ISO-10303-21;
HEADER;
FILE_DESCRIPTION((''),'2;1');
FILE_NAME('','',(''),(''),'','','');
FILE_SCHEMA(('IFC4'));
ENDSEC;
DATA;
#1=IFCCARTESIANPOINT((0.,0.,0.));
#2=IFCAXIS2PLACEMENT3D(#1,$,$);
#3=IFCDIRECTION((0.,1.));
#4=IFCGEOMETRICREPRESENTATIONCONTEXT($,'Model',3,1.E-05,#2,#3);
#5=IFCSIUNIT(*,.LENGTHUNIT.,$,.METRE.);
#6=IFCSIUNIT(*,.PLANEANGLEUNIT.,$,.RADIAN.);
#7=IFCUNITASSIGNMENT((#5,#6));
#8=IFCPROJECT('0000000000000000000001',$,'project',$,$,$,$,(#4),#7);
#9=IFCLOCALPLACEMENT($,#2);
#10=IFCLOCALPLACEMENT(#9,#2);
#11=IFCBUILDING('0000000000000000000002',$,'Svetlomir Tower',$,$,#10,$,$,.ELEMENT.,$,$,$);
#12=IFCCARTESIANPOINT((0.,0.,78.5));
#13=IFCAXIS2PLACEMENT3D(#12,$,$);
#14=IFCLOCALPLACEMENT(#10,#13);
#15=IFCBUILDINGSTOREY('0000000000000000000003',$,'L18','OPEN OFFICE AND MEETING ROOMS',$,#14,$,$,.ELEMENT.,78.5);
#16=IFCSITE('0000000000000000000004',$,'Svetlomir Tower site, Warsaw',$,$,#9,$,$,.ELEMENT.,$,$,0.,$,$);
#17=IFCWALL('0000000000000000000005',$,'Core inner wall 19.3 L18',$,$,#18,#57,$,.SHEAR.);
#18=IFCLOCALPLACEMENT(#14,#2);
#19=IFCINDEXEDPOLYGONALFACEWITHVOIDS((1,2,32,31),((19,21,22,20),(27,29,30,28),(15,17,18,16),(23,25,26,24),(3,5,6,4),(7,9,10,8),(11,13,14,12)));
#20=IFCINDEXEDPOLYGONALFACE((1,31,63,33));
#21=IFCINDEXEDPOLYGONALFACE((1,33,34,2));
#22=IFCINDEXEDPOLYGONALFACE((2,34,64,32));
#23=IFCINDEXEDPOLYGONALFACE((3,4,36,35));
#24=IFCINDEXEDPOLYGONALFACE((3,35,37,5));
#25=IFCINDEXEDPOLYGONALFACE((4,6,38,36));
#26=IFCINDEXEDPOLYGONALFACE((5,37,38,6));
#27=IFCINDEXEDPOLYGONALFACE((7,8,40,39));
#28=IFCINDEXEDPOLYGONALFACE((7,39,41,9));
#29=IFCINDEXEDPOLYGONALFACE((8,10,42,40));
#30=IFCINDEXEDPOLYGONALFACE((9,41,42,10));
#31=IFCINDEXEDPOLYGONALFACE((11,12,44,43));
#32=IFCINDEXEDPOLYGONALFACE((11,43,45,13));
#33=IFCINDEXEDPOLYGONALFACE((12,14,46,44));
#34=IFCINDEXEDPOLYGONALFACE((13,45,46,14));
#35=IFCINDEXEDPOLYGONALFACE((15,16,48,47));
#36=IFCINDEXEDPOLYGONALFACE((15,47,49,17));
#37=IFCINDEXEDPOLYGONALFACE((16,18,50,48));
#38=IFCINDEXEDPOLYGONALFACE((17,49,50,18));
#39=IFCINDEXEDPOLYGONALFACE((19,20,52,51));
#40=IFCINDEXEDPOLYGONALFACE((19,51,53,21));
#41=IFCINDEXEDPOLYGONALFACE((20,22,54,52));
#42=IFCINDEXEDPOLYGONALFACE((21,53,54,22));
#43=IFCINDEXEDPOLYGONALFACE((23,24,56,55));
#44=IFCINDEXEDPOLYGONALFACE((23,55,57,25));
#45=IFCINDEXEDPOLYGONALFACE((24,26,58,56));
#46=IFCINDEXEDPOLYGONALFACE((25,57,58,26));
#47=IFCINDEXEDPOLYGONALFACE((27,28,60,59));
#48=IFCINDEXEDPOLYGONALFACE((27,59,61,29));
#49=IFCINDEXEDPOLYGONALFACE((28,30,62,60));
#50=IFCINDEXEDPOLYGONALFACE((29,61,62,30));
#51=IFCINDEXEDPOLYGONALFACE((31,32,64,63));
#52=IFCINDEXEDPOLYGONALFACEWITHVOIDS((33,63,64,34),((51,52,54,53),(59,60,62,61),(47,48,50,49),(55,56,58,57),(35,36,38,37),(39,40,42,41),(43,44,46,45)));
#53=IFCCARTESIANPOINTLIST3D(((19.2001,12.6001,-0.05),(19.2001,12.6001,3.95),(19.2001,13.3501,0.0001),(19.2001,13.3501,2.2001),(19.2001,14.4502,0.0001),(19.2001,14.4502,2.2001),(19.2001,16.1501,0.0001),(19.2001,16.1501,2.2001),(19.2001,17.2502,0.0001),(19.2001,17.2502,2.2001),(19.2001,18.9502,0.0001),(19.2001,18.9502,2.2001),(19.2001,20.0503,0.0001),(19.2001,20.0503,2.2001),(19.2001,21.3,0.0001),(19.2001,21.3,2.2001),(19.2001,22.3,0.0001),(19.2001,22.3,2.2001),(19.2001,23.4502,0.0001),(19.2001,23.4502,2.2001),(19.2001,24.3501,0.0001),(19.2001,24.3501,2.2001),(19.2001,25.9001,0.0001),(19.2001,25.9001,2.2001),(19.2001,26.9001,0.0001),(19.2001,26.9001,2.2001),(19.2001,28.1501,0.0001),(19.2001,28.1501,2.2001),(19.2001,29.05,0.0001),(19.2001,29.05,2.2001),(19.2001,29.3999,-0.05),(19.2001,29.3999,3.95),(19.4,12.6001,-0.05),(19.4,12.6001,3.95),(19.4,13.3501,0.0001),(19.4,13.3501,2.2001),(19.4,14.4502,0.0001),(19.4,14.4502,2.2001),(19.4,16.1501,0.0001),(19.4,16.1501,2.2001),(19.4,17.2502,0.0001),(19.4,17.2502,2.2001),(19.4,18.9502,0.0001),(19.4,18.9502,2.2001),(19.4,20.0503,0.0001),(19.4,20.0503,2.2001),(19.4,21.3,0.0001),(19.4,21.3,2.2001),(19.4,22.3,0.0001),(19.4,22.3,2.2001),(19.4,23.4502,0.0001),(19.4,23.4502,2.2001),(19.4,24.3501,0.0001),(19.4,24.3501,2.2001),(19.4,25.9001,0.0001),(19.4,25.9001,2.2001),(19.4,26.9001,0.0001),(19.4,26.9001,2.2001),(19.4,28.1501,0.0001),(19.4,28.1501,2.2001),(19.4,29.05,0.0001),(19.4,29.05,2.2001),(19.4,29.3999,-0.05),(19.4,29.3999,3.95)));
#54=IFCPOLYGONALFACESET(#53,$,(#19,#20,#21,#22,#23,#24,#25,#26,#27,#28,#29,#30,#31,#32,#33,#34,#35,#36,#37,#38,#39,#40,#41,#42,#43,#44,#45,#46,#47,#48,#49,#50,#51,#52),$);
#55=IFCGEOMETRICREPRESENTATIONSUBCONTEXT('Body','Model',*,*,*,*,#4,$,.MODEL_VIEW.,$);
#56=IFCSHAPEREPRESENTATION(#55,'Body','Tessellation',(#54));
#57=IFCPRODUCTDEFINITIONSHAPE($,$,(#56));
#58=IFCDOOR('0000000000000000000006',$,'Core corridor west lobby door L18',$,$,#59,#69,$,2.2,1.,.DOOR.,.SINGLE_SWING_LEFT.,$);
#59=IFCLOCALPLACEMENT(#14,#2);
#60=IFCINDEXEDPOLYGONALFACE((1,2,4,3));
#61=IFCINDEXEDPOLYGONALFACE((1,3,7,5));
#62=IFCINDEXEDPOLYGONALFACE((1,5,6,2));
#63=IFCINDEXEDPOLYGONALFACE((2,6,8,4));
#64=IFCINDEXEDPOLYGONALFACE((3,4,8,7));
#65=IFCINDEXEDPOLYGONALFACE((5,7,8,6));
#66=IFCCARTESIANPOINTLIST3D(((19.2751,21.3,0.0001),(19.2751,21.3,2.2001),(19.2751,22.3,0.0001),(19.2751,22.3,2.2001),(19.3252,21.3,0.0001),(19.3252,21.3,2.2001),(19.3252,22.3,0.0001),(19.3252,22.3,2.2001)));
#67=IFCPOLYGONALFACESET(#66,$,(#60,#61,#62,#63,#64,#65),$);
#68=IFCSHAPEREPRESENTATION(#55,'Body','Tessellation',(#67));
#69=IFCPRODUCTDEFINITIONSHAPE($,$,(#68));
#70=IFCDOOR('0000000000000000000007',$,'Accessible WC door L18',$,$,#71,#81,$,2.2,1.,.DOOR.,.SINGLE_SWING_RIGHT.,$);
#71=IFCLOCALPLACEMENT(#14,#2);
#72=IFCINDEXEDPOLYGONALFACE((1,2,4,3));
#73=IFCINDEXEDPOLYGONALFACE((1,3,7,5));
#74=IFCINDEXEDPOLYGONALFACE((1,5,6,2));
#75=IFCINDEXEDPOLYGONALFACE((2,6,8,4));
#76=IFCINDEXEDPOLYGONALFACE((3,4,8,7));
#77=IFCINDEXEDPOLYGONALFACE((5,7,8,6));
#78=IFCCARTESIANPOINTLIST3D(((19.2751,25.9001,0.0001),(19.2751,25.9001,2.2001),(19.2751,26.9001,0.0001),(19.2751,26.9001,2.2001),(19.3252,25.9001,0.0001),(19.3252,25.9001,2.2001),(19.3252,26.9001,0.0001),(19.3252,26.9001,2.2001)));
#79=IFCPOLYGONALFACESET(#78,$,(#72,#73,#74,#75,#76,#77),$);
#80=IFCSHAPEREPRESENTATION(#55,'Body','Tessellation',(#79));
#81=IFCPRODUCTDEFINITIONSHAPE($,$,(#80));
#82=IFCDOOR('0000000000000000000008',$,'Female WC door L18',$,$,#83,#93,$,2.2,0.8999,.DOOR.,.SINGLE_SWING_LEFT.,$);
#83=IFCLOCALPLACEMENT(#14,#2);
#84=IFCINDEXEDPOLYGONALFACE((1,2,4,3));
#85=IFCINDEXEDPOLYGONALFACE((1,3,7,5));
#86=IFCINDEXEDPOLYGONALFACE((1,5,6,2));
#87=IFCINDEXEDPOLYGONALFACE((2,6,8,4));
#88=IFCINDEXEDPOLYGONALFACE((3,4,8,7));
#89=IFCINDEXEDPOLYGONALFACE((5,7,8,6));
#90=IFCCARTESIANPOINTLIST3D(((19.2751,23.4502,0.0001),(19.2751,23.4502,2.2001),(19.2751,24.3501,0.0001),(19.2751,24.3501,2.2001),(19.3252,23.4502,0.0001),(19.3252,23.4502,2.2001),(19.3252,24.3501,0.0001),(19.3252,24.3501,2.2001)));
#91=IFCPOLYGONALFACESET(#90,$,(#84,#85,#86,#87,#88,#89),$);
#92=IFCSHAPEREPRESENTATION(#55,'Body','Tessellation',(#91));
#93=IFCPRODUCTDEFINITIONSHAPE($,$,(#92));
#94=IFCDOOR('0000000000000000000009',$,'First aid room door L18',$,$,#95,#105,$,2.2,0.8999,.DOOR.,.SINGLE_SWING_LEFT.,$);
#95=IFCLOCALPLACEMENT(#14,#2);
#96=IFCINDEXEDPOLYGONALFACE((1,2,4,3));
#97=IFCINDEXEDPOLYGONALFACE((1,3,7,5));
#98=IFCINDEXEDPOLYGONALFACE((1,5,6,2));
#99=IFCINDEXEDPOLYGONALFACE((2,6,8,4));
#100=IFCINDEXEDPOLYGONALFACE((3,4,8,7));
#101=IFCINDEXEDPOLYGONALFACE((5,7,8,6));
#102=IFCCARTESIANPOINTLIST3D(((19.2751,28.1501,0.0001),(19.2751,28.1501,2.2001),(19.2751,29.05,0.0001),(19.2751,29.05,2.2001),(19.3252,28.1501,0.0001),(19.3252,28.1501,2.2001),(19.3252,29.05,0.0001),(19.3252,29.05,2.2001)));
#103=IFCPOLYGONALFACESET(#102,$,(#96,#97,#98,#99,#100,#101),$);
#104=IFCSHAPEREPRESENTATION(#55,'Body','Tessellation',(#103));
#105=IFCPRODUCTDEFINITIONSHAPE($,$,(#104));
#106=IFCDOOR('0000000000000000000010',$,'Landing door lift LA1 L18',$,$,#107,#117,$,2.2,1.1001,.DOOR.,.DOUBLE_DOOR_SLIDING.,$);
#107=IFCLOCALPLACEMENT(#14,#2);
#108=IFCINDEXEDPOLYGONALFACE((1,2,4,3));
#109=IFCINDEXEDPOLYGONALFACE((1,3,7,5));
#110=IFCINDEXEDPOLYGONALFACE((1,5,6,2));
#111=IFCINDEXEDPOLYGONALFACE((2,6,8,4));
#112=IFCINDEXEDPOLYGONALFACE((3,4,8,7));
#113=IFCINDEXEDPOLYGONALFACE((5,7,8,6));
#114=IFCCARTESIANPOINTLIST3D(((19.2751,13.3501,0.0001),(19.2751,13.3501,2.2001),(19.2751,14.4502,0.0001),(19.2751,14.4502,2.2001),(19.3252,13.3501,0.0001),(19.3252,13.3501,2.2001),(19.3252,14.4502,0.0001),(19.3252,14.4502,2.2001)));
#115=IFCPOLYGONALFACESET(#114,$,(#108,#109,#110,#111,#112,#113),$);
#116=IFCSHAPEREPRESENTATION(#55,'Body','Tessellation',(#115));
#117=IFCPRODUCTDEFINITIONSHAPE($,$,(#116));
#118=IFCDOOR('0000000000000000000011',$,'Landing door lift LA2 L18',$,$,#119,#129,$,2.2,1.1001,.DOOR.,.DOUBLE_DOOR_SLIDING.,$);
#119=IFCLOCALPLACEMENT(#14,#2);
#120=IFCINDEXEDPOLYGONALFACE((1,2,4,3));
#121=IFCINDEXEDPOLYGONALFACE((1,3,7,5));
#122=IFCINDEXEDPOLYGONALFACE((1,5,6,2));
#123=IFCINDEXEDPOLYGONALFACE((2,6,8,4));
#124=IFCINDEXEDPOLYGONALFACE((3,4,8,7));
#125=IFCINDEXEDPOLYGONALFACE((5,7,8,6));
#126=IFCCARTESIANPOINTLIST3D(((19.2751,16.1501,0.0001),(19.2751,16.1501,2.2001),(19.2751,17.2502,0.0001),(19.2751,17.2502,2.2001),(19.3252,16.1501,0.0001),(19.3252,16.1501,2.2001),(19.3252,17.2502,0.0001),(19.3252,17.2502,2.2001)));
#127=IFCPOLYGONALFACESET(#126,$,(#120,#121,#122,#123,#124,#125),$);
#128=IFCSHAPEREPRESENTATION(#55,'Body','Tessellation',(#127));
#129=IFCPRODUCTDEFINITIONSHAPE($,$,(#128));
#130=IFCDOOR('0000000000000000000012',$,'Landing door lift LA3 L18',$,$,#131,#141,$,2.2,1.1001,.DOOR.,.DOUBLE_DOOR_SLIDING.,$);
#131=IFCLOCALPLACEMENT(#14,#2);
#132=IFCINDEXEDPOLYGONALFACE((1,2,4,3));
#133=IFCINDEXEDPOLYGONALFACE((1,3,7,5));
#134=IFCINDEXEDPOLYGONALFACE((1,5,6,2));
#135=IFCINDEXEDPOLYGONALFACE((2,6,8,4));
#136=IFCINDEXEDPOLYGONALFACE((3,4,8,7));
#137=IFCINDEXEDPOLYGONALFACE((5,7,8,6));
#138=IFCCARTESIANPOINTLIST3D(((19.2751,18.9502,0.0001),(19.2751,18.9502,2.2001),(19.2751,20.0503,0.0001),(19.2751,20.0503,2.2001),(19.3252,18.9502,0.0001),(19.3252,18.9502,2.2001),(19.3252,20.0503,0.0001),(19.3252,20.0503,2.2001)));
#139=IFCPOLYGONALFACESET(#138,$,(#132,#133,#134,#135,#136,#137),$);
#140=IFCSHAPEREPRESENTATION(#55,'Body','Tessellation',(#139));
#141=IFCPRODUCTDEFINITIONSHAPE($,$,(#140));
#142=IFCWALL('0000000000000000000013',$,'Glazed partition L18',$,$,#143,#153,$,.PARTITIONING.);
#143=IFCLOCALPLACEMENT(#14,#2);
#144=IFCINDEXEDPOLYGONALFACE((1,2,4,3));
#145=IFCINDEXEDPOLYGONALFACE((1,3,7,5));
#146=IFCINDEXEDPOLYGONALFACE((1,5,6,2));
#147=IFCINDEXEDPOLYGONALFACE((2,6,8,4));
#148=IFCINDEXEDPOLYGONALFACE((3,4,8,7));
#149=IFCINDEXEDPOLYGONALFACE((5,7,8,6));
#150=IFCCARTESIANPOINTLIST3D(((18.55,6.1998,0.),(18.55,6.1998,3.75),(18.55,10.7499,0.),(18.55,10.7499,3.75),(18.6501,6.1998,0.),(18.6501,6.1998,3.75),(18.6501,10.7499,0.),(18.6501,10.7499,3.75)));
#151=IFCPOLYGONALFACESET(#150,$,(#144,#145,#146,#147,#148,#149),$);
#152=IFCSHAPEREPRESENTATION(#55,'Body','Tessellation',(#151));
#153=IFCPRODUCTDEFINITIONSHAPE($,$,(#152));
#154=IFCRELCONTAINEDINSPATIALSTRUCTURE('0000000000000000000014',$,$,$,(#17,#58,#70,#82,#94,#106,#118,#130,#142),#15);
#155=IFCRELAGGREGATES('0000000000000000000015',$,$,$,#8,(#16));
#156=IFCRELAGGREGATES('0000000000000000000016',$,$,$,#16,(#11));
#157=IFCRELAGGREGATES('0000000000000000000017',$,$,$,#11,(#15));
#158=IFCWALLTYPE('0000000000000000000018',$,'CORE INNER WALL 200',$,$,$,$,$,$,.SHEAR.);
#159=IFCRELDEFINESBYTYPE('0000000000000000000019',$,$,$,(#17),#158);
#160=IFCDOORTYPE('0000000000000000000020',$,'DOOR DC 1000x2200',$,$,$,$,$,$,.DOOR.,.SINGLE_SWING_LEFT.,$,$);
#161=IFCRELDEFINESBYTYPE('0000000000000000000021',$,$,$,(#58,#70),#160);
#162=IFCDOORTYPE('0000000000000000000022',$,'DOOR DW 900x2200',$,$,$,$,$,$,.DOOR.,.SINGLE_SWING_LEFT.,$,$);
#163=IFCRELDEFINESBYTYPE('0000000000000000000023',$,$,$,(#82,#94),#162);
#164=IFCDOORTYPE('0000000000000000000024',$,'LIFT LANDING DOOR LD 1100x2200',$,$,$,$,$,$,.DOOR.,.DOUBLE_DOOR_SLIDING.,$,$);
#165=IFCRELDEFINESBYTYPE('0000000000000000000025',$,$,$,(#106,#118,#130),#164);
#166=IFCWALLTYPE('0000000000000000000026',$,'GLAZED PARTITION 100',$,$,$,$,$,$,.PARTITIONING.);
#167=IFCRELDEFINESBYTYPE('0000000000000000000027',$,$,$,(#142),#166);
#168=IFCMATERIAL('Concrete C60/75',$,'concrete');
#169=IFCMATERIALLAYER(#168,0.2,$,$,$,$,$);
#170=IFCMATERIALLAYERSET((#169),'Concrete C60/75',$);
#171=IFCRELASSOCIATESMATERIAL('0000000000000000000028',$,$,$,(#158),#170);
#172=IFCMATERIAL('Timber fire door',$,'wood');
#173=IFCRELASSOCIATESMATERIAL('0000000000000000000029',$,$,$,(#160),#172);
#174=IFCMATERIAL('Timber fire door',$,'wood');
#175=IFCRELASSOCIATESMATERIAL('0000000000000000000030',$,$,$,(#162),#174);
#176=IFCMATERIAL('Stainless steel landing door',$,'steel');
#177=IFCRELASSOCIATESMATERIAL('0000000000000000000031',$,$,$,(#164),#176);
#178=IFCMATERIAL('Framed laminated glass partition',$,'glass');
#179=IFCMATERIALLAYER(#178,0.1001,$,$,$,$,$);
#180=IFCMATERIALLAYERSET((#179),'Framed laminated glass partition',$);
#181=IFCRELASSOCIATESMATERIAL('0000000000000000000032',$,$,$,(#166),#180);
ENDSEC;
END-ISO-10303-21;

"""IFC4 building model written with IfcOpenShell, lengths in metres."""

from ifc_helpers import new_model, si_unit, direction, frame, frame_2d, origin, place, context, subcontext, project, spatial, rectangle, extrude, material, layer, layer_set, type_object, element, fill, save


model = new_model("IFC4")

# Units and contexts
model_context = context("Model", 3, precision=1e-05, world=origin(), true_north=direction((0.0, 1.0)))
body_context = subcontext(model_context, "Body", "Model", "MODEL_VIEW")
ifc_project = project(units=[si_unit("LENGTHUNIT", "METRE"), si_unit("PLANEANGLEUNIT", "RADIAN")], contexts=[model_context])

# Site, building, storey
site_placement = place(None, origin())
site = spatial("IfcSite", under=ifc_project, at=site_placement, Name="Svetlomir Tower site, Warsaw", CompositionType="ELEMENT", RefElevation=0.0)
building_placement = place(site_placement, origin())
building = spatial("IfcBuilding", under=site, at=building_placement, Name="Svetlomir Tower", CompositionType="ELEMENT")
storey_placement = place(building_placement, frame((0.0, 0.0, 78.5)))
storey = spatial("IfcBuildingStorey", under=building, at=storey_placement, Name="L18", Description="OPEN OFFICE AND MEETING ROOMS", CompositionType="ELEMENT", Elevation=78.5)

# Wall, openings, doors
ifc_material_1 = material(Name="Concrete C60/75", Category="concrete")
ifc_layer_1 = layer(ifc_material_1, 0.2)
ifc_layer_set_1 = layer_set([ifc_layer_1], Name="Concrete C60/75")
wall_type_1 = type_object("IfcWallType", Name="CORE INNER WALL 200", PredefinedType="SHEAR", material=ifc_layer_set_1)
wall_1_placement = place(storey_placement, frame((19.3, 12.6001, -0.05), z_axis=(0.0, 0.0, 1.0), x_axis=(0.0, 1.0, 0.0)))
wall_1 = element("IfcWall", 1, at=wall_1_placement, inside=storey, type_object=wall_type_1, Name="Core inner wall 19.3 L18", PredefinedType="SHEAR", context=body_context, shape_type="SweptSolid", body=[
    extrude(rectangle(XDim=16.7998, YDim=0.2, at=frame_2d((8.3999, 0.0))), origin(), (0.0, 0.0, 1.0), 4.0),
])
opening_1_placement = place(wall_1_placement, frame((8.7, 0.0, 0.05)))
opening_1 = element("IfcOpeningElement", 2, at=opening_1_placement, cuts=wall_1, PredefinedType="OPENING", context=body_context, shape_type="SweptSolid", body=[
    extrude(rectangle(XDim=1.0, YDim=2.2, at=frame_2d((0.5, 1.1001))), frame((0.0, 0.1099, 0.0), z_axis=(0.0, -1.0, 0.0), x_axis=(1.0, 0.0, 0.0)), (0.0, 0.0, 1.0), 0.22),
])
opening_2_placement = place(wall_1_placement, frame((10.8501, 0.0, 0.05)))
opening_2 = element("IfcOpeningElement", 3, at=opening_2_placement, cuts=wall_1, PredefinedType="OPENING", context=body_context, shape_type="SweptSolid", body=[
    extrude(rectangle(XDim=0.8999, YDim=2.2, at=frame_2d((0.45, 1.1001))), frame((0.0, 0.1099, 0.0), z_axis=(0.0, -1.0, 0.0), x_axis=(1.0, 0.0, 0.0)), (0.0, 0.0, 1.0), 0.22),
])
opening_3_placement = place(wall_1_placement, frame((13.3, 0.0, 0.05)))
opening_3 = element("IfcOpeningElement", 4, at=opening_3_placement, cuts=wall_1, PredefinedType="OPENING", context=body_context, shape_type="SweptSolid", body=[
    extrude(rectangle(XDim=1.0, YDim=2.2, at=frame_2d((0.5, 1.1001))), frame((0.0, 0.1099, 0.0), z_axis=(0.0, -1.0, 0.0), x_axis=(1.0, 0.0, 0.0)), (0.0, 0.0, 1.0), 0.22),
])
opening_4_placement = place(wall_1_placement, frame((15.55, 0.0, 0.05)))
opening_4 = element("IfcOpeningElement", 5, at=opening_4_placement, cuts=wall_1, PredefinedType="OPENING", context=body_context, shape_type="SweptSolid", body=[
    extrude(rectangle(XDim=0.8999, YDim=2.2, at=frame_2d((0.45, 1.1001))), frame((0.0, 0.1099, 0.0), z_axis=(0.0, -1.0, 0.0), x_axis=(1.0, 0.0, 0.0)), (0.0, 0.0, 1.0), 0.22),
])
opening_5_placement = place(wall_1_placement, frame((0.75, 0.0, 0.05)))
opening_5 = element("IfcOpeningElement", 6, at=opening_5_placement, cuts=wall_1, PredefinedType="OPENING", context=body_context, shape_type="SweptSolid", body=[
    extrude(rectangle(XDim=1.1001, YDim=2.2, at=frame_2d((0.55, 1.1001))), frame((0.0, 0.1099, 0.0), z_axis=(0.0, -1.0, 0.0), x_axis=(1.0, 0.0, 0.0)), (0.0, 0.0, 1.0), 0.22),
])
opening_6_placement = place(wall_1_placement, frame((3.55, 0.0, 0.05)))
opening_6 = element("IfcOpeningElement", 7, at=opening_6_placement, cuts=wall_1, PredefinedType="OPENING", context=body_context, shape_type="SweptSolid", body=[
    extrude(rectangle(XDim=1.1001, YDim=2.2, at=frame_2d((0.55, 1.1001))), frame((0.0, 0.1099, 0.0), z_axis=(0.0, -1.0, 0.0), x_axis=(1.0, 0.0, 0.0)), (0.0, 0.0, 1.0), 0.22),
])
opening_7_placement = place(wall_1_placement, frame((6.3501, 0.0, 0.05)))
opening_7 = element("IfcOpeningElement", 8, at=opening_7_placement, cuts=wall_1, PredefinedType="OPENING", context=body_context, shape_type="SweptSolid", body=[
    extrude(rectangle(XDim=1.1001, YDim=2.2, at=frame_2d((0.55, 1.1001))), frame((0.0, 0.1099, 0.0), z_axis=(0.0, -1.0, 0.0), x_axis=(1.0, 0.0, 0.0)), (0.0, 0.0, 1.0), 0.22),
])
ifc_material_2 = material(Name="Timber fire door", Category="wood")
door_type_1 = type_object("IfcDoorType", Name="DOOR DC 1000x2200", OperationType="SINGLE_SWING_LEFT", PredefinedType="DOOR", material=ifc_material_2)
door_1_placement = place(opening_1_placement, origin())
door_1 = element("IfcDoor", 9, at=door_1_placement, inside=storey, type_object=door_type_1, Name="Core corridor west lobby door L18", OperationType="SINGLE_SWING_LEFT", OverallHeight=2.2, OverallWidth=1.0, PredefinedType="DOOR", context=body_context, shape_type="SweptSolid", body=[
    extrude(rectangle(XDim=1.0, YDim=2.2, at=frame_2d((0.5, 1.1001))), frame((0.0, 0.0249, 0.0), z_axis=(0.0, -1.0, 0.0), x_axis=(1.0, 0.0, 0.0)), (0.0, 0.0, 1.0), 0.05),
])
fill(opening_1, door_1)
door_2_placement = place(opening_3_placement, origin())
door_2 = element("IfcDoor", 10, at=door_2_placement, inside=storey, type_object=door_type_1, Name="Accessible WC door L18", OperationType="SINGLE_SWING_RIGHT", OverallHeight=2.2, OverallWidth=1.0, PredefinedType="DOOR", context=body_context, shape_type="SweptSolid", body=[
    extrude(rectangle(XDim=1.0, YDim=2.2, at=frame_2d((0.5, 1.1001))), frame((0.0, 0.0249, 0.0), z_axis=(0.0, -1.0, 0.0), x_axis=(1.0, 0.0, 0.0)), (0.0, 0.0, 1.0), 0.05),
])
fill(opening_3, door_2)
ifc_material_3 = material(Name="Timber fire door", Category="wood")
door_type_2 = type_object("IfcDoorType", Name="DOOR DW 900x2200", OperationType="SINGLE_SWING_LEFT", PredefinedType="DOOR", material=ifc_material_3)
door_3_placement = place(opening_2_placement, origin())
door_3 = element("IfcDoor", 11, at=door_3_placement, inside=storey, type_object=door_type_2, Name="Female WC door L18", OperationType="SINGLE_SWING_LEFT", OverallHeight=2.2, OverallWidth=0.8999, PredefinedType="DOOR", context=body_context, shape_type="SweptSolid", body=[
    extrude(rectangle(XDim=0.8999, YDim=2.2, at=frame_2d((0.45, 1.1001))), frame((0.0, 0.0249, 0.0), z_axis=(0.0, -1.0, 0.0), x_axis=(1.0, 0.0, 0.0)), (0.0, 0.0, 1.0), 0.05),
])
fill(opening_2, door_3)
door_4_placement = place(opening_4_placement, origin())
door_4 = element("IfcDoor", 12, at=door_4_placement, inside=storey, type_object=door_type_2, Name="First aid room door L18", OperationType="SINGLE_SWING_LEFT", OverallHeight=2.2, OverallWidth=0.8999, PredefinedType="DOOR", context=body_context, shape_type="SweptSolid", body=[
    extrude(rectangle(XDim=0.8999, YDim=2.2, at=frame_2d((0.45, 1.1001))), frame((0.0, 0.0249, 0.0), z_axis=(0.0, -1.0, 0.0), x_axis=(1.0, 0.0, 0.0)), (0.0, 0.0, 1.0), 0.05),
])
fill(opening_4, door_4)
ifc_material_4 = material(Name="Stainless steel landing door", Category="steel")
door_type_3 = type_object("IfcDoorType", Name="LIFT LANDING DOOR LD 1100x2200", OperationType="DOUBLE_DOOR_SLIDING", PredefinedType="DOOR", material=ifc_material_4)
door_5_placement = place(opening_5_placement, origin())
door_5 = element("IfcDoor", 13, at=door_5_placement, inside=storey, type_object=door_type_3, Name="Landing door lift LA1 L18", OperationType="DOUBLE_DOOR_SLIDING", OverallHeight=2.2, OverallWidth=1.1001, PredefinedType="DOOR", context=body_context, shape_type="SweptSolid", body=[
    extrude(rectangle(XDim=1.1001, YDim=2.2, at=frame_2d((0.55, 1.1001))), frame((0.0, 0.0249, 0.0), z_axis=(0.0, -1.0, 0.0), x_axis=(1.0, 0.0, 0.0)), (0.0, 0.0, 1.0), 0.05),
])
fill(opening_5, door_5)
door_6_placement = place(opening_6_placement, origin())
door_6 = element("IfcDoor", 14, at=door_6_placement, inside=storey, type_object=door_type_3, Name="Landing door lift LA2 L18", OperationType="DOUBLE_DOOR_SLIDING", OverallHeight=2.2, OverallWidth=1.1001, PredefinedType="DOOR", context=body_context, shape_type="SweptSolid", body=[
    extrude(rectangle(XDim=1.1001, YDim=2.2, at=frame_2d((0.55, 1.1001))), frame((0.0, 0.0249, 0.0), z_axis=(0.0, -1.0, 0.0), x_axis=(1.0, 0.0, 0.0)), (0.0, 0.0, 1.0), 0.05),
])
fill(opening_6, door_6)
door_7_placement = place(opening_7_placement, origin())
door_7 = element("IfcDoor", 15, at=door_7_placement, inside=storey, type_object=door_type_3, Name="Landing door lift LA3 L18", OperationType="DOUBLE_DOOR_SLIDING", OverallHeight=2.2, OverallWidth=1.1001, PredefinedType="DOOR", context=body_context, shape_type="SweptSolid", body=[
    extrude(rectangle(XDim=1.1001, YDim=2.2, at=frame_2d((0.55, 1.1001))), frame((0.0, 0.0249, 0.0), z_axis=(0.0, -1.0, 0.0), x_axis=(1.0, 0.0, 0.0)), (0.0, 0.0, 1.0), 0.05),
])
fill(opening_7, door_7)

# Wall
ifc_material_5 = material(Name="Framed laminated glass partition", Category="glass")
ifc_layer_2 = layer(ifc_material_5, 0.1001)
ifc_layer_set_2 = layer_set([ifc_layer_2], Name="Framed laminated glass partition")
wall_type_2 = type_object("IfcWallType", Name="GLAZED PARTITION 100", PredefinedType="PARTITIONING", material=ifc_layer_set_2)
wall_2_placement = place(storey_placement, frame((18.6001, 6.2, 0.0), z_axis=(0.0, 0.0, 1.0), x_axis=(0.0, 1.0, 0.0)))
element("IfcWall", 16, at=wall_2_placement, inside=storey, type_object=wall_type_2, Name="Glazed partition L18", PredefinedType="PARTITIONING", context=body_context, shape_type="SweptSolid", body=[
    extrude(rectangle(XDim=4.55, YDim=0.1001, at=frame_2d((2.2749, 0.0))), origin(), (0.0, 0.0, 1.0), 3.75),
])

save(model, "model.ifc")
